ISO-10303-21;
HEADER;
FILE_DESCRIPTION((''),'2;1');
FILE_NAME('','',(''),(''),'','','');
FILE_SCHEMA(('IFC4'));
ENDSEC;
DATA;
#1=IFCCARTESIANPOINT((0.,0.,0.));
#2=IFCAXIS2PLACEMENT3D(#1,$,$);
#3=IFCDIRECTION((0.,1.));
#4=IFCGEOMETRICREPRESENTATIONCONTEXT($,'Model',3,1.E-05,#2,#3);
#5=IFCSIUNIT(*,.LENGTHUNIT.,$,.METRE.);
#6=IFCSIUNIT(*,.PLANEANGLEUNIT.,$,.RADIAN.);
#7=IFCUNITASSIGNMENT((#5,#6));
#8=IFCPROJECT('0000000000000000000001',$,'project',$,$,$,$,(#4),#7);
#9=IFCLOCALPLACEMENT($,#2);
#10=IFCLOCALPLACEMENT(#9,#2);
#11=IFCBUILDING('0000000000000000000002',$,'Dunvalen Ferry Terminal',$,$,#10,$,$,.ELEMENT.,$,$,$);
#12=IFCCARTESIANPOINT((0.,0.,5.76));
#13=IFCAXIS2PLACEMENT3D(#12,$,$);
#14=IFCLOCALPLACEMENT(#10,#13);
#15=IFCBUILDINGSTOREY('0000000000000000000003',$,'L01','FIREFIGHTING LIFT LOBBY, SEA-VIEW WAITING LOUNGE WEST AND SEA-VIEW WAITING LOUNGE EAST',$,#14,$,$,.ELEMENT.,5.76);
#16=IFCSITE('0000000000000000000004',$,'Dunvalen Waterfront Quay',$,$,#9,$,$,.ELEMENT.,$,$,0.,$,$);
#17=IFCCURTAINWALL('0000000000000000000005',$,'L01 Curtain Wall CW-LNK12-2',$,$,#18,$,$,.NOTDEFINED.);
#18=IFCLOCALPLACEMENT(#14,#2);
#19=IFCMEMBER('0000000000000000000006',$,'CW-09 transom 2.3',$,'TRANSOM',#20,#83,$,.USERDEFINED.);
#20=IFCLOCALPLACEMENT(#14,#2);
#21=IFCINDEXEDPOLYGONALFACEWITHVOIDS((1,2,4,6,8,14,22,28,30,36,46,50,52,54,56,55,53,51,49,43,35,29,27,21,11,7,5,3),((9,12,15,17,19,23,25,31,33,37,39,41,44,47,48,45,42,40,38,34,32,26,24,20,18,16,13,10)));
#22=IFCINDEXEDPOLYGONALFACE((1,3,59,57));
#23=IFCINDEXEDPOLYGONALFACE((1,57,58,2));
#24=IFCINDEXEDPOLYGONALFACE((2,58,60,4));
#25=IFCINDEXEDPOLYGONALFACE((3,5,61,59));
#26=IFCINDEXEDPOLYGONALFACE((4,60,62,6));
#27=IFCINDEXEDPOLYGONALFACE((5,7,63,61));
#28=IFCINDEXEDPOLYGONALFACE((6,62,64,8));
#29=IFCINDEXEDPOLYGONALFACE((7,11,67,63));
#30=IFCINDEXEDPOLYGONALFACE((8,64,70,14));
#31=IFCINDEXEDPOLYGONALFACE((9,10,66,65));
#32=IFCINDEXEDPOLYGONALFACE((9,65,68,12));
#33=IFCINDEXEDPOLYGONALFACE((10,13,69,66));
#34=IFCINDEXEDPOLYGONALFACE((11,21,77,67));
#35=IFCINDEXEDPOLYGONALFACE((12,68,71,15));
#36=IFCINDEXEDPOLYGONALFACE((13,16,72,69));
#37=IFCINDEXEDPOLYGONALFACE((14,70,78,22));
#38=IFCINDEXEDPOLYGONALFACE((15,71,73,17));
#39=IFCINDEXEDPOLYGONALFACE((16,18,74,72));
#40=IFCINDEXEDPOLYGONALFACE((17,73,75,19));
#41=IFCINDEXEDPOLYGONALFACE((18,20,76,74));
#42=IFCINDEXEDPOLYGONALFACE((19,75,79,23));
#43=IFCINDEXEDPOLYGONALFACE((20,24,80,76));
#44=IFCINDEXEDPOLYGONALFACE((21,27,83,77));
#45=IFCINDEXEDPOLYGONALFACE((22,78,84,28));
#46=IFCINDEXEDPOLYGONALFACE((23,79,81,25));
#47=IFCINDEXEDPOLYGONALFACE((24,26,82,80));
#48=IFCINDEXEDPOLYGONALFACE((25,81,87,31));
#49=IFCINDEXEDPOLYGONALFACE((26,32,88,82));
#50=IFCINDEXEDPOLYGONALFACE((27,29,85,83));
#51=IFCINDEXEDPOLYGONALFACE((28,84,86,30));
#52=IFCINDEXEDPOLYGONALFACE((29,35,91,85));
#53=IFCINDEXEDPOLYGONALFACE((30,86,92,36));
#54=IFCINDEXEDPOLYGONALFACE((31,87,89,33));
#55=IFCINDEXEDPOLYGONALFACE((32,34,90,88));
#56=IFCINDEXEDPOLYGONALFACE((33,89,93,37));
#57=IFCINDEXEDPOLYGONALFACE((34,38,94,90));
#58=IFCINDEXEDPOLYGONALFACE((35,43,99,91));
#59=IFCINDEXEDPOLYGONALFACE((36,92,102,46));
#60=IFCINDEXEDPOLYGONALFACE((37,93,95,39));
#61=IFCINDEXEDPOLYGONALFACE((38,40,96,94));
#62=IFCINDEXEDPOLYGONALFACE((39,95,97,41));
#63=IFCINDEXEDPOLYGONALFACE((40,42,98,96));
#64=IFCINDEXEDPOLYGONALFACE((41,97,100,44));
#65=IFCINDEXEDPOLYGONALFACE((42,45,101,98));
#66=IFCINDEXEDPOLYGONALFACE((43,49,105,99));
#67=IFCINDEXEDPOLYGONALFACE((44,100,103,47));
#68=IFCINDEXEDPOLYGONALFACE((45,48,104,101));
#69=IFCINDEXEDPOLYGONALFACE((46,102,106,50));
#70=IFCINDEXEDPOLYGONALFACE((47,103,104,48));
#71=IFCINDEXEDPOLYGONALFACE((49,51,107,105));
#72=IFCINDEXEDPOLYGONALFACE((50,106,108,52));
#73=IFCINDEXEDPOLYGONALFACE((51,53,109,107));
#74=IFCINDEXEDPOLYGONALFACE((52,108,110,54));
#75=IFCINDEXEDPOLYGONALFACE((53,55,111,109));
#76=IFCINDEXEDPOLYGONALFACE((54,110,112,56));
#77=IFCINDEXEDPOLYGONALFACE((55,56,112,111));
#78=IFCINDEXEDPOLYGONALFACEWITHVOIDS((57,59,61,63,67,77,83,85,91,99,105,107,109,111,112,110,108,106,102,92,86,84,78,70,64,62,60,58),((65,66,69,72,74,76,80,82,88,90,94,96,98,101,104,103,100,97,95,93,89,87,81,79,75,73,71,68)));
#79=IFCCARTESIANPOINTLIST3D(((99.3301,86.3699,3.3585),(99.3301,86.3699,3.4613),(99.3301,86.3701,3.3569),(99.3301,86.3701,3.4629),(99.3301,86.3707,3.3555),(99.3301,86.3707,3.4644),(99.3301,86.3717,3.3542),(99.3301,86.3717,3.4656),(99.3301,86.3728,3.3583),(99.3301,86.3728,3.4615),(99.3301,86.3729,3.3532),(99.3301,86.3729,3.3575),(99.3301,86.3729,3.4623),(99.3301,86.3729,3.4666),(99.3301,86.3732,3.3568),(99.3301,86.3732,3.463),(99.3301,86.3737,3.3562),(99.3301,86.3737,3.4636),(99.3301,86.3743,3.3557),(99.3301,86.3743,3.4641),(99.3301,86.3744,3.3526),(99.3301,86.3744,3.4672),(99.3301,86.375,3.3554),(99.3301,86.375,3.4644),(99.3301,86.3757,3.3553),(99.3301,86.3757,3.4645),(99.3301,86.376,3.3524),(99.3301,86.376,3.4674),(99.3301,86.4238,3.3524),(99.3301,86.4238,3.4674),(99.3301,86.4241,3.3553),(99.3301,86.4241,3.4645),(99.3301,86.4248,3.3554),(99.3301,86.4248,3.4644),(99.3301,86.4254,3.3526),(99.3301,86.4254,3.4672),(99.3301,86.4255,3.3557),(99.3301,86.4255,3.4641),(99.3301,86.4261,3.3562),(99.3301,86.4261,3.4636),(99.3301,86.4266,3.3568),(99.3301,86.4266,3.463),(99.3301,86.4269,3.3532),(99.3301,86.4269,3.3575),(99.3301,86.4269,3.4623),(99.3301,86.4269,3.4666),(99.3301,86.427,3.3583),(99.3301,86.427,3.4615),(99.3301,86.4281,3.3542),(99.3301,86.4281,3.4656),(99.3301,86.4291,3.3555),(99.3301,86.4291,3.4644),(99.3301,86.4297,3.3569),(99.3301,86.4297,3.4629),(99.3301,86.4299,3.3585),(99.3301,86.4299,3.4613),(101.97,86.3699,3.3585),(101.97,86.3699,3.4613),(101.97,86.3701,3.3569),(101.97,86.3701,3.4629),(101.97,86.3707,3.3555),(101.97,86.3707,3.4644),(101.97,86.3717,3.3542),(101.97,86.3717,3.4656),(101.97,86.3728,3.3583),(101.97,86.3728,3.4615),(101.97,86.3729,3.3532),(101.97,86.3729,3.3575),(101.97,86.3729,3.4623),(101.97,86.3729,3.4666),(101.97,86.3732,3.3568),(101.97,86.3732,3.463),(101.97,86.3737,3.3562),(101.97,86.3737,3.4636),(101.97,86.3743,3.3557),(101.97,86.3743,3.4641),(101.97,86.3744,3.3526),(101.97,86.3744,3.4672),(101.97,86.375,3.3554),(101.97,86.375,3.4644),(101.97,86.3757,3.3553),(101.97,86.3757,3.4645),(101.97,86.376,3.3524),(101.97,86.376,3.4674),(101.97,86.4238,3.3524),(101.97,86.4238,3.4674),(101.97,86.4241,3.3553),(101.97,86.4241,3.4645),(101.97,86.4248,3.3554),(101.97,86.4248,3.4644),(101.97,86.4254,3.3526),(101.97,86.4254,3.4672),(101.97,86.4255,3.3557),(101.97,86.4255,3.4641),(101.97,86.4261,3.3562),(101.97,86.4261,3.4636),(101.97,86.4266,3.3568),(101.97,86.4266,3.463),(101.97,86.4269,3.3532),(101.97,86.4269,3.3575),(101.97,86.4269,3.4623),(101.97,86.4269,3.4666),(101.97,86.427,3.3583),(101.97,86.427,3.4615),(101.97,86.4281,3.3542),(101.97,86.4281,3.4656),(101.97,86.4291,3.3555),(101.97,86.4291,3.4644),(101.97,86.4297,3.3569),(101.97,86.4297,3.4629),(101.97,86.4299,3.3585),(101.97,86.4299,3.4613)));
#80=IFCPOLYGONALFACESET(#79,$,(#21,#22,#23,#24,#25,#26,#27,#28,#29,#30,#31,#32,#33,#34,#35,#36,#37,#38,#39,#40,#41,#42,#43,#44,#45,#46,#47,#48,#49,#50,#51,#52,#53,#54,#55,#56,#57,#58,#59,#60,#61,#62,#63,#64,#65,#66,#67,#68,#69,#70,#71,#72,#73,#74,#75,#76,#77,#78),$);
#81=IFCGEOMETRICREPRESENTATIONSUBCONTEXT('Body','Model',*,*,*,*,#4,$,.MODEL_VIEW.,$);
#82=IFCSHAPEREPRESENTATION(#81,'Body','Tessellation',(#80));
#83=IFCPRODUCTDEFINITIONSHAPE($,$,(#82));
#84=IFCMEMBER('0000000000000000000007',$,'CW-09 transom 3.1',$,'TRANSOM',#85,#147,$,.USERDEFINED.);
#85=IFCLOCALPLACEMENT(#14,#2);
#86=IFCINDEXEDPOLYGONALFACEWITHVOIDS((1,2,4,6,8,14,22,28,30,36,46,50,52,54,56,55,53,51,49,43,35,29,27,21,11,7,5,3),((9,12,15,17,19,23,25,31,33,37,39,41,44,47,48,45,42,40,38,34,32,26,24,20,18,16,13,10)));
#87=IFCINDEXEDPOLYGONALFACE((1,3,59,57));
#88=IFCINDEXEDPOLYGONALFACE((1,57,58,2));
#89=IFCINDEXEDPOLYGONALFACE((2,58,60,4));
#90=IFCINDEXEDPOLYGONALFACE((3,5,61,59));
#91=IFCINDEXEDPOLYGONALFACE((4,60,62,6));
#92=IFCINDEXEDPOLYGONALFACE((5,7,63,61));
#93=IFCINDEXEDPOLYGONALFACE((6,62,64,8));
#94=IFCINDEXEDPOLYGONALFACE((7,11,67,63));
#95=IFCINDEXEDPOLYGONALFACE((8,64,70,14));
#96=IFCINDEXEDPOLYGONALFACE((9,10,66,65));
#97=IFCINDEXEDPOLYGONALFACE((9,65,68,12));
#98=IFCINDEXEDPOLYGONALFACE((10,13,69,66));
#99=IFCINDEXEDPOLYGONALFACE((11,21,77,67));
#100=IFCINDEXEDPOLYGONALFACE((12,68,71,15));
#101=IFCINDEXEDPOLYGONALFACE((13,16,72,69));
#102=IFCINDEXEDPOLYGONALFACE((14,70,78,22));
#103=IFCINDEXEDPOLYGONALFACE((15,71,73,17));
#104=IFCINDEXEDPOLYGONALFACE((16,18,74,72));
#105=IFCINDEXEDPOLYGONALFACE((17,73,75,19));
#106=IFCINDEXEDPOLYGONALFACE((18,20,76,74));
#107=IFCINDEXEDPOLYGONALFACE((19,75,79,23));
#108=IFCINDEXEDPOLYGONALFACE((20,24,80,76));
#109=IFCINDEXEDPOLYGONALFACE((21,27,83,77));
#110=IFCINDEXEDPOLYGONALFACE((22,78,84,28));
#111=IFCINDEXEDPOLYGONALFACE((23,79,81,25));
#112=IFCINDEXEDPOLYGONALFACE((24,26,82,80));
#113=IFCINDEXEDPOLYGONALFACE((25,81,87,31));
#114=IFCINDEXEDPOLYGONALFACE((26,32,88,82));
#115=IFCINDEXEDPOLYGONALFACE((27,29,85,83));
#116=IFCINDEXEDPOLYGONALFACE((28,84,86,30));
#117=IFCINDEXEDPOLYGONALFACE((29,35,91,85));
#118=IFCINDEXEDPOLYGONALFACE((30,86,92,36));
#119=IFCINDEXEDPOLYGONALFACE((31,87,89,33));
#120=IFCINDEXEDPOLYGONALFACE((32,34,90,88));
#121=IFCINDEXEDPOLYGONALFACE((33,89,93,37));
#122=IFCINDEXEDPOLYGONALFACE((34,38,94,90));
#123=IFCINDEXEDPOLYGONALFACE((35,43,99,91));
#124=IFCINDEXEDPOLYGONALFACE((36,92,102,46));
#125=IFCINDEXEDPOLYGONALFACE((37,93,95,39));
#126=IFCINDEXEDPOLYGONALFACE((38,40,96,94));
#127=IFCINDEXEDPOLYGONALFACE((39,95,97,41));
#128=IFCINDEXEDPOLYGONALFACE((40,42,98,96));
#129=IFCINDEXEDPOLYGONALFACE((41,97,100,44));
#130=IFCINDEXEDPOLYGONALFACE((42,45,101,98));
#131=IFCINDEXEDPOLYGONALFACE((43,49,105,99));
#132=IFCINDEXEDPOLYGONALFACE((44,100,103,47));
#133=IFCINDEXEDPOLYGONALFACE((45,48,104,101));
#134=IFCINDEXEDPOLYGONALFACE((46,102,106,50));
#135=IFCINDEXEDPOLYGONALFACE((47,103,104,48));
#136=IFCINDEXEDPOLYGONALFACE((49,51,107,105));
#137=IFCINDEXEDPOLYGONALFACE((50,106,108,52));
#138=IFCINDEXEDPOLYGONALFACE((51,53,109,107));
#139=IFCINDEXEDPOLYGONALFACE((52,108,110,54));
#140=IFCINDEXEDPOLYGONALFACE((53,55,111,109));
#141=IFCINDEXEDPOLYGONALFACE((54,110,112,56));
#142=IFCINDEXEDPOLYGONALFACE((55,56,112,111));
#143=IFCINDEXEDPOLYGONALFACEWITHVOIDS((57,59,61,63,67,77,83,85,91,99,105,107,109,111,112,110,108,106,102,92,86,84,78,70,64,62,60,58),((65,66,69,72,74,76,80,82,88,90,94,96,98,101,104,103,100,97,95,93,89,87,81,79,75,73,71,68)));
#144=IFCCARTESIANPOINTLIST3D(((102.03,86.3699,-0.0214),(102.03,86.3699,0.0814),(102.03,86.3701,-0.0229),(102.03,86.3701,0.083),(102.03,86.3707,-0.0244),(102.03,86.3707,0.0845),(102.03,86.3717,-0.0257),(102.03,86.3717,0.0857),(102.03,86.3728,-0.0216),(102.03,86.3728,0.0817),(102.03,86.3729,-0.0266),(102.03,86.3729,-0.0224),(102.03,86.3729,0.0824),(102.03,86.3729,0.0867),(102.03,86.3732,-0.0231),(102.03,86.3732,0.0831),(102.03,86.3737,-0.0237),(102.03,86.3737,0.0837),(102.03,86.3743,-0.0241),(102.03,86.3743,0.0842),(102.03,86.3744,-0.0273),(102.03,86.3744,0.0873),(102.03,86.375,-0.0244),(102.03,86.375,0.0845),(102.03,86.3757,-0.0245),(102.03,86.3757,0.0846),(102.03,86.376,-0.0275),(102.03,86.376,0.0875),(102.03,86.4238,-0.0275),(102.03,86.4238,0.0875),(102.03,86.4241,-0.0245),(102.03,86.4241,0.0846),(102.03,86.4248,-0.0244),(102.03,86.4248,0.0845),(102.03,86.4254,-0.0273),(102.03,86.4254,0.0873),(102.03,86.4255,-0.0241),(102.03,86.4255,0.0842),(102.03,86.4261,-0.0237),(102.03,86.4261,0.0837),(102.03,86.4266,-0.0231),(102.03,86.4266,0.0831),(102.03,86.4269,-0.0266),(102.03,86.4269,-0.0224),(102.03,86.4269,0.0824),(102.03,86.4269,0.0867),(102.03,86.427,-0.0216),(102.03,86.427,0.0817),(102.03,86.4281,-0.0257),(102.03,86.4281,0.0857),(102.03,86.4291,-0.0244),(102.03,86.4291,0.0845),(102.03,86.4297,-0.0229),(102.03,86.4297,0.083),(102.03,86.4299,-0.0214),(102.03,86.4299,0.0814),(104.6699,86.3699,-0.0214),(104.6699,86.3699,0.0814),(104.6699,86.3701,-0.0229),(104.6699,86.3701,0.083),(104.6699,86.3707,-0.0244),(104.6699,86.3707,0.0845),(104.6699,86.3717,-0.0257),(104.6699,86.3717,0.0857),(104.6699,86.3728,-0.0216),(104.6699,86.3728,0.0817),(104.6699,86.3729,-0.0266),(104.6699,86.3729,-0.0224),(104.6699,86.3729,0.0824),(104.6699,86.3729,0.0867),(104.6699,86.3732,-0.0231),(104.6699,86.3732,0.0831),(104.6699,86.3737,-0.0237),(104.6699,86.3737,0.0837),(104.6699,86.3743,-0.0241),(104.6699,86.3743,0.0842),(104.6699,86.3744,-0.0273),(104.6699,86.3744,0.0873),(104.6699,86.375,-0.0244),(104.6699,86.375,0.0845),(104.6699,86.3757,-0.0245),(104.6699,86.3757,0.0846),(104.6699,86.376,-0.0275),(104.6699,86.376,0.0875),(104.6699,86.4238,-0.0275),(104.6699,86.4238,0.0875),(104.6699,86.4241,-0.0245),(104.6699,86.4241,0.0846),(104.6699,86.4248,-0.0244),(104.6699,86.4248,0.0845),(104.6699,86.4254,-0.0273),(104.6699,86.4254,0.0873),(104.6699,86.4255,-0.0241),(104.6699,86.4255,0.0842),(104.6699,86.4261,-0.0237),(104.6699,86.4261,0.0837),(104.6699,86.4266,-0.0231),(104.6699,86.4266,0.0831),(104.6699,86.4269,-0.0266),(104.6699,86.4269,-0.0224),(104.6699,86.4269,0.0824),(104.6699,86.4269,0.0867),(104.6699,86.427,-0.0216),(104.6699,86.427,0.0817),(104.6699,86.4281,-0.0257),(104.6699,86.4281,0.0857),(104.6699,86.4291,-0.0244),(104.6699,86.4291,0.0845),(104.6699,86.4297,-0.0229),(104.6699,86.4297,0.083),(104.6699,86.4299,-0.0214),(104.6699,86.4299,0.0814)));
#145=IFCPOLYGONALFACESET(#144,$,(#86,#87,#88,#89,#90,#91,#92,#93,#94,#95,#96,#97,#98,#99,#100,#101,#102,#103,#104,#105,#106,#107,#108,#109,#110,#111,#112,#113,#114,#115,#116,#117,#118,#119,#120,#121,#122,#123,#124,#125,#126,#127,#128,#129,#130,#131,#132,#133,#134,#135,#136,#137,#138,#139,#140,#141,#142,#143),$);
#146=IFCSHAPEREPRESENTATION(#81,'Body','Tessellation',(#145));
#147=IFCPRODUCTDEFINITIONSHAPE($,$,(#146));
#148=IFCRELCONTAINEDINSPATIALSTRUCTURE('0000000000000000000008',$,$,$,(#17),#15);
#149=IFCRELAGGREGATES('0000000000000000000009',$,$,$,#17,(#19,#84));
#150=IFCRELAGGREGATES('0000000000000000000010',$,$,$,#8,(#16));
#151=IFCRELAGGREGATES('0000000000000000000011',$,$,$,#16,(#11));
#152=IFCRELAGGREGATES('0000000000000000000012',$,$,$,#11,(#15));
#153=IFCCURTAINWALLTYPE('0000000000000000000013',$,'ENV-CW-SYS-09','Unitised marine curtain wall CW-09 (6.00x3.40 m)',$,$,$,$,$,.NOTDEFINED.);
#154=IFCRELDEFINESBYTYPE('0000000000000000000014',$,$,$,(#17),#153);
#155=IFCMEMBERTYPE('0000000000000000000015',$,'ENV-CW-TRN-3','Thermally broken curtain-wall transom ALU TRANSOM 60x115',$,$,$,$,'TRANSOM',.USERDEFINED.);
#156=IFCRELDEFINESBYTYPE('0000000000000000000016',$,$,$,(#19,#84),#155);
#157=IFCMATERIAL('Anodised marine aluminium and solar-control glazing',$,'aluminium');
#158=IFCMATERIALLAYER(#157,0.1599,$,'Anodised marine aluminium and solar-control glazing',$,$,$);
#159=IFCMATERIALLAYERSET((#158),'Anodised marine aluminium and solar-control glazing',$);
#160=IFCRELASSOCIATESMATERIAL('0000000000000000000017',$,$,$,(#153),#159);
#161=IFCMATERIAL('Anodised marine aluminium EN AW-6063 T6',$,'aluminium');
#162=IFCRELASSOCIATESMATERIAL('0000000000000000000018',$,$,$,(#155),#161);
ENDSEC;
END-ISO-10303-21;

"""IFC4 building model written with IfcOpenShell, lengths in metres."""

from ifc_helpers import new_model, si_unit, direction, frame, origin, origin_2d, place, context, subcontext, project, spatial, hollow_rectangle, extrude, material, layer, layer_set, material_profile, profile_set, type_object, element, aggregate, save


model = new_model("IFC4")

# Units and contexts
model_context = context("Model", 3, precision=1e-05, world=origin(), true_north=direction((0.0, 1.0)))
body_context = subcontext(model_context, "Body", "Model", "MODEL_VIEW")
ifc_project = project(units=[si_unit("LENGTHUNIT", "METRE"), si_unit("PLANEANGLEUNIT", "RADIAN")], contexts=[model_context])

# Site, building, storey
site_placement = place(None, origin())
site = spatial("IfcSite", under=ifc_project, at=site_placement, Name="Dunvalen Waterfront Quay", CompositionType="ELEMENT", RefElevation=0.0)
building_placement = place(site_placement, origin())
building = spatial("IfcBuilding", under=site, at=building_placement, Name="Dunvalen Ferry Terminal", CompositionType="ELEMENT")
storey_placement = place(building_placement, frame((0.0, 0.0, 5.76)))
storey = spatial("IfcBuildingStorey", under=building, at=storey_placement, Name="L01", Description="FIREFIGHTING LIFT LOBBY, SEA-VIEW WAITING LOUNGE WEST AND SEA-VIEW WAITING LOUNGE EAST", CompositionType="ELEMENT", Elevation=5.76)

# Curtain wall, members
ifc_material_1 = material(Name="Anodised marine aluminium and solar-control glazing", Category="aluminium")
ifc_layer_1 = layer(ifc_material_1, 0.1599, Name="Anodised marine aluminium and solar-control glazing")
ifc_layer_set_1 = layer_set([ifc_layer_1], Name="Anodised marine aluminium and solar-control glazing")
curtain_wall_type = type_object("IfcCurtainWallType", Name="ENV-CW-SYS-09", Description="Unitised marine curtain wall CW-09 (6.00x3.40 m)", PredefinedType="NOTDEFINED", material=ifc_layer_set_1)
curtain_wall_placement = place(storey_placement, origin())
curtain_wall = element("IfcCurtainWall", 1, at=curtain_wall_placement, inside=storey, type_object=curtain_wall_type, Name="L01 Curtain Wall CW-LNK12-2", PredefinedType="NOTDEFINED")
ifc_material_2 = material(Name="Anodised marine aluminium EN AW-6063 T6", Category="aluminium")
ifc_material_profile_1 = material_profile(ifc_material_2, hollow_rectangle(XDim=0.0601, YDim=0.115, WallThickness=0.0029, InnerFilletRadius=0.0029, OuterFilletRadius=0.0061, at=origin_2d()), Name="Anodised marine aluminium EN AW-6063 T6")
ifc_profile_set_1 = profile_set([ifc_material_profile_1], Name="Anodised marine aluminium EN AW-6063 T6")
member_type_1 = type_object("IfcMemberType", Name="ENV-CW-TRN-3", Description="Thermally broken curtain-wall transom ALU TRANSOM 60x115", ElementType="TRANSOM", PredefinedType="USERDEFINED", material=ifc_profile_set_1)
member_1_placement = place(storey_placement, frame((99.3301, 86.3999, 3.4099), z_axis=(1.0, 0.0, 0.0), x_axis=(0.0, 1.0, 0.0)))
member_1 = element("IfcMember", 2, at=member_1_placement, type_object=member_type_1, Name="CW-09 transom 2.3", ObjectType="TRANSOM", PredefinedType="USERDEFINED", context=body_context, shape_type="SweptSolid", body=[
    extrude(hollow_rectangle(XDim=0.0601, YDim=0.115, WallThickness=0.0029, InnerFilletRadius=0.0029, OuterFilletRadius=0.0061, at=origin_2d()), origin(), (0.0, 0.0, 1.0), 2.6399),
])
member_2_placement = place(storey_placement, frame((102.03, 86.3999, 0.03), z_axis=(1.0, 0.0, 0.0), x_axis=(0.0, 1.0, 0.0)))
member_2 = element("IfcMember", 3, at=member_2_placement, type_object=member_type_1, Name="CW-09 transom 3.1", ObjectType="TRANSOM", PredefinedType="USERDEFINED", context=body_context, shape_type="SweptSolid", body=[
    extrude(hollow_rectangle(XDim=0.0601, YDim=0.115, WallThickness=0.0029, InnerFilletRadius=0.0029, OuterFilletRadius=0.0061, at=origin_2d()), origin(), (0.0, 0.0, 1.0), 2.6399),
])
aggregate(curtain_wall, [member_1, member_2])

save(model, "model.ifc")
